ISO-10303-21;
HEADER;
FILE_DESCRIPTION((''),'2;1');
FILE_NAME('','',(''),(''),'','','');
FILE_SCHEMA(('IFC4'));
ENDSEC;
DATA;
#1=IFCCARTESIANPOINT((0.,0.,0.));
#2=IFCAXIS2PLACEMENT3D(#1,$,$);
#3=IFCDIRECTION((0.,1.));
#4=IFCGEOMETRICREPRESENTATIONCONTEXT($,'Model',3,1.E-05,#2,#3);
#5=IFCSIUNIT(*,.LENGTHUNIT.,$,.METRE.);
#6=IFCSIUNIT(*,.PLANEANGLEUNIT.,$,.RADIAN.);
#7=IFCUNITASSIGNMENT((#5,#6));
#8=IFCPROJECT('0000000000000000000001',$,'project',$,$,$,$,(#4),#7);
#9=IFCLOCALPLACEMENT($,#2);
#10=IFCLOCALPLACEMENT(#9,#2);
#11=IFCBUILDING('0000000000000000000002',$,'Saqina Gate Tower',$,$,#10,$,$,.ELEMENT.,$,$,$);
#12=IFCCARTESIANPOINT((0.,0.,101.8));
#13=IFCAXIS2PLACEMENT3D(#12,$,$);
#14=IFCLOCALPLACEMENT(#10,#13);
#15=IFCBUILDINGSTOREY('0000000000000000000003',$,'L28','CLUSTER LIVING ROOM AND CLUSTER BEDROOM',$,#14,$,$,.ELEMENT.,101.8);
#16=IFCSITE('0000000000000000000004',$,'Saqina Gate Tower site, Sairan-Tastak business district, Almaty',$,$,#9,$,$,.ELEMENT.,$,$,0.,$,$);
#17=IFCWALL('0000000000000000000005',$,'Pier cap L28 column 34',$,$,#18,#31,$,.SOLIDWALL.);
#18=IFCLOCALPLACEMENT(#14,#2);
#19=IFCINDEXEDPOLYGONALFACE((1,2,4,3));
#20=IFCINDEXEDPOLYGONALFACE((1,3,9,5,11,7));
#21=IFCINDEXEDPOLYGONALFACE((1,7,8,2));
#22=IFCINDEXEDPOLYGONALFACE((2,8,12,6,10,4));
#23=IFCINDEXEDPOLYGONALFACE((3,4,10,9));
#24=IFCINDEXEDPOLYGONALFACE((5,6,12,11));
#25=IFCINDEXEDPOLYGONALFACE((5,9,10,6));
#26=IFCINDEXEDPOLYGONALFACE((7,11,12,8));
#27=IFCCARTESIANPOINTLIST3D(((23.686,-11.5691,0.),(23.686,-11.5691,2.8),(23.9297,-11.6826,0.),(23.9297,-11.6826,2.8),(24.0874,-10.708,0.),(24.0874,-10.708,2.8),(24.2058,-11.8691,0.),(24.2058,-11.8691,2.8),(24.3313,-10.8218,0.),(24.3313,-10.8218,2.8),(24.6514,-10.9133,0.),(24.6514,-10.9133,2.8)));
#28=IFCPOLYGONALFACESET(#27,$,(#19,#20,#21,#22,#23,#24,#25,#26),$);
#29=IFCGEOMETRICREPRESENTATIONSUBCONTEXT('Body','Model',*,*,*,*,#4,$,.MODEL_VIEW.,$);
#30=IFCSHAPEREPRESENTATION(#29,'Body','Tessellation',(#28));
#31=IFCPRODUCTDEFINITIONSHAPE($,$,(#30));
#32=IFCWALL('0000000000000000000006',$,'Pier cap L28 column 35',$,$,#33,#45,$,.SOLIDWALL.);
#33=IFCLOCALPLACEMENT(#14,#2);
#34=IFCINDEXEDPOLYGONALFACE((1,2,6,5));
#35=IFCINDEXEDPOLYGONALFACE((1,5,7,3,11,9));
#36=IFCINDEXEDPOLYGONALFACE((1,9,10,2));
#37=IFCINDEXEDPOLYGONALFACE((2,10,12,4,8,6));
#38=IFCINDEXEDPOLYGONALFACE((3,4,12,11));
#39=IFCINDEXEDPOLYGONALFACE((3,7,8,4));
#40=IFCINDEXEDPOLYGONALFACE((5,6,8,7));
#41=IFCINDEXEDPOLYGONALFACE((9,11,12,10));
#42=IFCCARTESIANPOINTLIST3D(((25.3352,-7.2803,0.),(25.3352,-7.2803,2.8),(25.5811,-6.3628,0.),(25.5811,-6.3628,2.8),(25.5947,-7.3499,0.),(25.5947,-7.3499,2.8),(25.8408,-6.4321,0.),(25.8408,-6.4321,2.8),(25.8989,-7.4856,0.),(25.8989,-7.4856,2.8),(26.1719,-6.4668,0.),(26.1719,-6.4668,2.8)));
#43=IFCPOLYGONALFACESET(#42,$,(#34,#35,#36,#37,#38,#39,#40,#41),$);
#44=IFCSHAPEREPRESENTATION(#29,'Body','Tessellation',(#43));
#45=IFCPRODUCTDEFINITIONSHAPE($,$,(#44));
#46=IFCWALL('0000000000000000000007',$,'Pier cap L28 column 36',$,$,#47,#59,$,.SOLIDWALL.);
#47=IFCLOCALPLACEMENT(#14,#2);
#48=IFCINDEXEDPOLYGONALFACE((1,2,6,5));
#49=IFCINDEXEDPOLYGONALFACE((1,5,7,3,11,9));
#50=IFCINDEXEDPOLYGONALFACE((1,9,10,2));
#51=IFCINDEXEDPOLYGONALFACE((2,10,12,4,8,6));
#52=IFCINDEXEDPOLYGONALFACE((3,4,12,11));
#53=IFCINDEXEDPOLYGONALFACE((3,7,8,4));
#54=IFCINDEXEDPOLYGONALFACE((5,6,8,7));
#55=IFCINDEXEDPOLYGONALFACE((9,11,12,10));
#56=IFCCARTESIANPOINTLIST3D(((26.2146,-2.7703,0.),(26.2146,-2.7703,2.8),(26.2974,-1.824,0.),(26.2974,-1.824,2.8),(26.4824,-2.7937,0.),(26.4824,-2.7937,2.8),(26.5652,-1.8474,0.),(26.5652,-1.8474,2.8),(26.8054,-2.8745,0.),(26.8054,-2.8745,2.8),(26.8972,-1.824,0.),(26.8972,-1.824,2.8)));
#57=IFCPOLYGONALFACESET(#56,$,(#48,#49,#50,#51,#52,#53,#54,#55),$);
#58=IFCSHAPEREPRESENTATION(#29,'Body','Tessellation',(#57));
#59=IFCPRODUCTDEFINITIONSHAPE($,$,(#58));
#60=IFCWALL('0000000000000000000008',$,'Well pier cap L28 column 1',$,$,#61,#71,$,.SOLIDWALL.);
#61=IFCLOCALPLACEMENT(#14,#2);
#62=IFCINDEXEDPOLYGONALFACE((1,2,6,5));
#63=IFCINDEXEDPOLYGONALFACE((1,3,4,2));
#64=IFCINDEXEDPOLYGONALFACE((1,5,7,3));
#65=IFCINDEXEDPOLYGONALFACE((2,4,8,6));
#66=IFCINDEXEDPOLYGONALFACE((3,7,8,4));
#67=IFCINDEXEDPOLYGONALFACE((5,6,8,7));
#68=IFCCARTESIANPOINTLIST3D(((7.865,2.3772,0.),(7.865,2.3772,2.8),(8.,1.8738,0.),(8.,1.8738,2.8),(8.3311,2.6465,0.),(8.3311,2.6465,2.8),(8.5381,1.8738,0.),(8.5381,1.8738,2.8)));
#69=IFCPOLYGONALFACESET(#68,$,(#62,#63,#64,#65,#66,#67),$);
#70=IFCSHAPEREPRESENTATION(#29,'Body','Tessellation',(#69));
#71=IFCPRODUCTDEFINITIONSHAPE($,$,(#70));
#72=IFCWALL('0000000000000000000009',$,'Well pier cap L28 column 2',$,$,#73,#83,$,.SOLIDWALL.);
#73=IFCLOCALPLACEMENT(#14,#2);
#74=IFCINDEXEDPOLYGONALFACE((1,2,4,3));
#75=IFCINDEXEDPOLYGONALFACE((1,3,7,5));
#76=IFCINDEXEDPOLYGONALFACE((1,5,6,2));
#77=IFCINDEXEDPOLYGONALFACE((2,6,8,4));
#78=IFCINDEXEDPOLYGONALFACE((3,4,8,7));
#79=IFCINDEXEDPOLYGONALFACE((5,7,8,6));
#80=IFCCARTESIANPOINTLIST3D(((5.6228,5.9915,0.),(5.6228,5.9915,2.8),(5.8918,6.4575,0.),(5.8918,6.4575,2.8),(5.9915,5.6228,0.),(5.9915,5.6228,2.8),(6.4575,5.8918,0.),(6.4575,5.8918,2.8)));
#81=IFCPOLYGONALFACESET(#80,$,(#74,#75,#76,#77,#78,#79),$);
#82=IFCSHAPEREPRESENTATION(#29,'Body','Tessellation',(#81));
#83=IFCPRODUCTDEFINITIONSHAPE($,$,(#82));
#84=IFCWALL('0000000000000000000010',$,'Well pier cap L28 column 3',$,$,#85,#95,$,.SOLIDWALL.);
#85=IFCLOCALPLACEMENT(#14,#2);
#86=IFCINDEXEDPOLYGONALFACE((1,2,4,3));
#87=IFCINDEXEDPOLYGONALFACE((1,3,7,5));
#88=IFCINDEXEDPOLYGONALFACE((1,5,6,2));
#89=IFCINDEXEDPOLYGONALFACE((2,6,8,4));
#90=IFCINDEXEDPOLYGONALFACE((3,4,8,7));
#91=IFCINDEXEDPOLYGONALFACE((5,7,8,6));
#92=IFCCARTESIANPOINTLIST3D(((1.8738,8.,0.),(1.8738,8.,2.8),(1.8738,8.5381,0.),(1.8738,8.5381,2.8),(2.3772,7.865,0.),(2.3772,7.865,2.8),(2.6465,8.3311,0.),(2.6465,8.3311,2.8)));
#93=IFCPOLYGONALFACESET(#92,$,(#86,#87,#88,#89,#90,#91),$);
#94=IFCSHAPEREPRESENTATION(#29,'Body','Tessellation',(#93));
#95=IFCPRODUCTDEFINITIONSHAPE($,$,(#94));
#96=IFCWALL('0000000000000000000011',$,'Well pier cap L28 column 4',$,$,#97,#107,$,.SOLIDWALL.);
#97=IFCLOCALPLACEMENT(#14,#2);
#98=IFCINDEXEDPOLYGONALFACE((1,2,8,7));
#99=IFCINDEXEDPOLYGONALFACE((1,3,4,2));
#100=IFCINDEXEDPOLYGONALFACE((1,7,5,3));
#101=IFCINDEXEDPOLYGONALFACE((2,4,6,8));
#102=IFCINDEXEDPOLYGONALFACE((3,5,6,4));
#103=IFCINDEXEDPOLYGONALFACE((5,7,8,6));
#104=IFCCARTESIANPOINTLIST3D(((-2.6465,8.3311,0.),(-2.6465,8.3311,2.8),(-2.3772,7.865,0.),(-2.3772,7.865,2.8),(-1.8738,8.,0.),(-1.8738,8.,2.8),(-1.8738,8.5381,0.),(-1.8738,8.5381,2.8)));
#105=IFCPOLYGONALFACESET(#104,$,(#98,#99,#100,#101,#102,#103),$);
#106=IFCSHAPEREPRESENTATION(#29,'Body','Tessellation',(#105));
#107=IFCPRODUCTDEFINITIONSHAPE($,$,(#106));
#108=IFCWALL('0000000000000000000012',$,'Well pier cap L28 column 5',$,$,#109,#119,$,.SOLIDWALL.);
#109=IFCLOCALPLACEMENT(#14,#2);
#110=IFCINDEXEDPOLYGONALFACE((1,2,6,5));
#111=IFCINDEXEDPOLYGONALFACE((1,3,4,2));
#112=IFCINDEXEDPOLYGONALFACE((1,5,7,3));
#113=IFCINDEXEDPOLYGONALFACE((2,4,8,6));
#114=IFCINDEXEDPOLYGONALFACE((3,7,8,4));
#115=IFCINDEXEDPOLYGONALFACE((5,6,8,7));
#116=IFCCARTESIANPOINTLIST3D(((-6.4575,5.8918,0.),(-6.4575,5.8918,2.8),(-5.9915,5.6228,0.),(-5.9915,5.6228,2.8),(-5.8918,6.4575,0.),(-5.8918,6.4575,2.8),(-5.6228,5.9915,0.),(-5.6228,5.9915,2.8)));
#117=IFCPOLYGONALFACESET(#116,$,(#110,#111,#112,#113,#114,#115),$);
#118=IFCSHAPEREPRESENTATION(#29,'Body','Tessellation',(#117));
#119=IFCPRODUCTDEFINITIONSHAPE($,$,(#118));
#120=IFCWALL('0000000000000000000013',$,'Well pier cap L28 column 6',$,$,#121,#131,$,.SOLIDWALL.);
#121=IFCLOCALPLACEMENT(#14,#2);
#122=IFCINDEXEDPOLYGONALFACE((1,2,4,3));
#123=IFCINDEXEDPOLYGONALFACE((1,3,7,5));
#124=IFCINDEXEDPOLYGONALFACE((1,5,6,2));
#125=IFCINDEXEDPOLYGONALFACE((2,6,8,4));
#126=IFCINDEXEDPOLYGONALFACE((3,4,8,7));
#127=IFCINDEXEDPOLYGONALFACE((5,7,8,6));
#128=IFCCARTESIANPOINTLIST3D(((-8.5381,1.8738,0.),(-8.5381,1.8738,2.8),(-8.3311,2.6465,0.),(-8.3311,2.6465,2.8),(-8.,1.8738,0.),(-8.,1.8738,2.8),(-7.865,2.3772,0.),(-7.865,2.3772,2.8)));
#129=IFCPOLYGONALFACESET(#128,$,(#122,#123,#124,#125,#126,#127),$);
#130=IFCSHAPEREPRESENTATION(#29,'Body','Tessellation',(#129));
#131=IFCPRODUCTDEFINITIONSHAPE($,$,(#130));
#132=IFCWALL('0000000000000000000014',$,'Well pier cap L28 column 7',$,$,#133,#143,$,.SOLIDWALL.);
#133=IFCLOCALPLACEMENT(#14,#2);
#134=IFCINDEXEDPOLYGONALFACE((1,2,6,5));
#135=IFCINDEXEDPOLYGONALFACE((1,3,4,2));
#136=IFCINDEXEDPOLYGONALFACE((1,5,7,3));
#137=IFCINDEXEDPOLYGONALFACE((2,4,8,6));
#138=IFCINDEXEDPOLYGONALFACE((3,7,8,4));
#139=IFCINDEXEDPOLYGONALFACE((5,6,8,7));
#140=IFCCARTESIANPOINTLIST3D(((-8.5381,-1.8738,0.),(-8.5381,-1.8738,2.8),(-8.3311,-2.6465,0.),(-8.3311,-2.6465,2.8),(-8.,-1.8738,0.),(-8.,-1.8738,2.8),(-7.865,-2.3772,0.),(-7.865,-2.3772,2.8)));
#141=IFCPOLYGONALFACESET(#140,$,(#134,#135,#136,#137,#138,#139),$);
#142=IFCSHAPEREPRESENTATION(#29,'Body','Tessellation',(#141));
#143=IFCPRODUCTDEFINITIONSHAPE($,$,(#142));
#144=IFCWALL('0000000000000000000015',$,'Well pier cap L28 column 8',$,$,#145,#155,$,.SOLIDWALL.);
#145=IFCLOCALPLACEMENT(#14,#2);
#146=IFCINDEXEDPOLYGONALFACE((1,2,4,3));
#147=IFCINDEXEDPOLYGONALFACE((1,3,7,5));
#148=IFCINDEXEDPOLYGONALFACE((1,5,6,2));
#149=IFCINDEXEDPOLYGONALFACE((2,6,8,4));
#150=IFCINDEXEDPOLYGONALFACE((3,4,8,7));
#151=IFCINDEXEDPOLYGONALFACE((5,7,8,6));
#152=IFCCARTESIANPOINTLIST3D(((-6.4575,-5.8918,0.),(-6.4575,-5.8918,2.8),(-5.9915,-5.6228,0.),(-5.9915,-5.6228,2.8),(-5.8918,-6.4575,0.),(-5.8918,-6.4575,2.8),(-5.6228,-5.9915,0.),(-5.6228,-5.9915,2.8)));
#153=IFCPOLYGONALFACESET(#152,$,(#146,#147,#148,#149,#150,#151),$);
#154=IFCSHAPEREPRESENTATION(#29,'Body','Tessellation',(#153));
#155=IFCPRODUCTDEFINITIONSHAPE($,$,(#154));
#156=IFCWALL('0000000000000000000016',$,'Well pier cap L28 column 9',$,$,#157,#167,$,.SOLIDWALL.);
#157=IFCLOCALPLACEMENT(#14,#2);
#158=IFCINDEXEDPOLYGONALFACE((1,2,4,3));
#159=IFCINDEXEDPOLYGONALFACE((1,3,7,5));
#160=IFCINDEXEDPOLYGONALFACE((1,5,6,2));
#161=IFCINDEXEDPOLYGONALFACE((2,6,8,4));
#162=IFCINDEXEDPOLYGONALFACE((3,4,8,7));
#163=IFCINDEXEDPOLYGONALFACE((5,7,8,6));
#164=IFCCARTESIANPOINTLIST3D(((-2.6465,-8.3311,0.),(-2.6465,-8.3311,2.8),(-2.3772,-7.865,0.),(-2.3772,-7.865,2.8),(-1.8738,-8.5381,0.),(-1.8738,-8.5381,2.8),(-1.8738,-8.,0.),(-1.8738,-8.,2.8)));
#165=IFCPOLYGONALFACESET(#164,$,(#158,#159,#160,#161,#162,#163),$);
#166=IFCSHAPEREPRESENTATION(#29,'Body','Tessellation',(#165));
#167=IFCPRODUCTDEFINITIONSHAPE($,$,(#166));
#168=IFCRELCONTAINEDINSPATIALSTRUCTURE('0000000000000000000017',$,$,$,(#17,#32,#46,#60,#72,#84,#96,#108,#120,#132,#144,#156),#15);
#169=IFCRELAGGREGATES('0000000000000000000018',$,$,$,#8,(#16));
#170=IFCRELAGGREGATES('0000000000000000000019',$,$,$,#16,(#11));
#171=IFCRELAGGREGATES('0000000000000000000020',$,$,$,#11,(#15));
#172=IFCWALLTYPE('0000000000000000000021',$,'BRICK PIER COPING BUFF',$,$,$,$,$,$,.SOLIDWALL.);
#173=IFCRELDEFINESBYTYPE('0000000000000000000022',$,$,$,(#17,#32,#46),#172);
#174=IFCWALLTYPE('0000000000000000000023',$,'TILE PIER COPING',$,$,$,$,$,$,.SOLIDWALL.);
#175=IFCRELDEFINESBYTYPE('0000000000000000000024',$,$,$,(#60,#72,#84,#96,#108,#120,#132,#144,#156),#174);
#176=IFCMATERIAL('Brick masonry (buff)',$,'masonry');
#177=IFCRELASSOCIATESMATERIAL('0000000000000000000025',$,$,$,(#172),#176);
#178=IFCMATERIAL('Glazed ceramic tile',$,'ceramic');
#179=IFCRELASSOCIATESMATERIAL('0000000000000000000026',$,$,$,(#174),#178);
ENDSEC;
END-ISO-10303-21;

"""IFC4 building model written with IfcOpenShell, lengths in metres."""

from ifc_helpers import new_model, si_unit, direction, frame, origin, place, context, subcontext, project, spatial, polyline, outline, extrude, material, type_object, element, save


model = new_model("IFC4")

# Units and contexts
model_context = context("Model", 3, precision=1e-05, world=origin(), true_north=direction((0.0, 1.0)))
body_context = subcontext(model_context, "Body", "Model", "MODEL_VIEW")
ifc_project = project(units=[si_unit("LENGTHUNIT", "METRE"), si_unit("PLANEANGLEUNIT", "RADIAN")], contexts=[model_context])

# Site, building, storey
site_placement = place(None, origin())
site = spatial("IfcSite", under=ifc_project, at=site_placement, Name="Saqina Gate Tower site, Sairan-Tastak business district, Almaty", CompositionType="ELEMENT", RefElevation=0.0)
building_placement = place(site_placement, origin())
building = spatial("IfcBuilding", under=site, at=building_placement, Name="Saqina Gate Tower", CompositionType="ELEMENT")
storey_placement = place(building_placement, frame((0.0, 0.0, 101.8)))
storey = spatial("IfcBuildingStorey", under=building, at=storey_placement, Name="L28", Description="CLUSTER LIVING ROOM AND CLUSTER BEDROOM", CompositionType="ELEMENT", Elevation=101.8)

# Walls
ifc_material_1 = material(Name="Brick masonry (buff)", Category="masonry")
wall_type_1 = type_object("IfcWallType", Name="BRICK PIER COPING BUFF", PredefinedType="SOLIDWALL", material=ifc_material_1)
wall_1_placement = place(storey_placement, origin())
element("IfcWall", 1, at=wall_1_placement, inside=storey, type_object=wall_type_1, Name="Pier cap L28 column 34", PredefinedType="SOLIDWALL", context=body_context, shape_type="SweptSolid", body=[
    extrude(outline(polyline([(24.6514, -10.9133), (24.0874, -10.708), (24.3313, -10.8218), (23.9297, -11.6826), (23.686, -11.5691), (24.2058, -11.8691), (24.6514, -10.9133)])), origin(), (0.0, 0.0, 1.0), 2.8),
])
wall_2_placement = place(storey_placement, origin())
element("IfcWall", 2, at=wall_2_placement, inside=storey, type_object=wall_type_1, Name="Pier cap L28 column 35", PredefinedType="SOLIDWALL", context=body_context, shape_type="SweptSolid", body=[
    extrude(outline(polyline([(25.8989, -7.4856), (26.1719, -6.4668), (25.5811, -6.3628), (25.8408, -6.4321), (25.5947, -7.3499), (25.3352, -7.2803), (25.8989, -7.4856)])), origin(), (0.0, 0.0, 1.0), 2.8),
])
wall_3_placement = place(storey_placement, origin())
element("IfcWall", 3, at=wall_3_placement, inside=storey, type_object=wall_type_1, Name="Pier cap L28 column 36", PredefinedType="SOLIDWALL", context=body_context, shape_type="SweptSolid", body=[
    extrude(outline(polyline([(26.8054, -2.8745), (26.8972, -1.824), (26.2974, -1.824), (26.5652, -1.8474), (26.4824, -2.7937), (26.2146, -2.7703), (26.8054, -2.8745)])), origin(), (0.0, 0.0, 1.0), 2.8),
])
ifc_material_2 = material(Name="Glazed ceramic tile", Category="ceramic")
wall_type_2 = type_object("IfcWallType", Name="TILE PIER COPING", PredefinedType="SOLIDWALL", material=ifc_material_2)
wall_4_placement = place(storey_placement, origin())
element("IfcWall", 4, at=wall_4_placement, inside=storey, type_object=wall_type_2, Name="Well pier cap L28 column 1", PredefinedType="SOLIDWALL", context=body_context, shape_type="SweptSolid", body=[
    extrude(outline(polyline([(8.3311, 2.6465), (7.865, 2.3772), (8.0, 1.8738), (8.5381, 1.8738), (8.3311, 2.6465)])), origin(), (0.0, 0.0, 1.0), 2.8),
])
wall_5_placement = place(storey_placement, origin())
element("IfcWall", 5, at=wall_5_placement, inside=storey, type_object=wall_type_2, Name="Well pier cap L28 column 2", PredefinedType="SOLIDWALL", context=body_context, shape_type="SweptSolid", body=[
    extrude(outline(polyline([(5.8918, 6.4575), (5.6228, 5.9915), (5.9915, 5.6228), (6.4575, 5.8918), (5.8918, 6.4575)])), origin(), (0.0, 0.0, 1.0), 2.8),
])
wall_6_placement = place(storey_placement, origin())
element("IfcWall", 6, at=wall_6_placement, inside=storey, type_object=wall_type_2, Name="Well pier cap L28 column 3", PredefinedType="SOLIDWALL", context=body_context, shape_type="SweptSolid", body=[
    extrude(outline(polyline([(1.8738, 8.5381), (1.8738, 8.0), (2.3772, 7.865), (2.6465, 8.3311), (1.8738, 8.5381)])), origin(), (0.0, 0.0, 1.0), 2.8),
])
wall_7_placement = place(storey_placement, origin())
element("IfcWall", 7, at=wall_7_placement, inside=storey, type_object=wall_type_2, Name="Well pier cap L28 column 4", PredefinedType="SOLIDWALL", context=body_context, shape_type="SweptSolid", body=[
    extrude(outline(polyline([(-2.6465, 8.3311), (-2.3772, 7.865), (-1.8738, 8.0), (-1.8738, 8.5381), (-2.6465, 8.3311)])), origin(), (0.0, 0.0, 1.0), 2.8),
])
wall_8_placement = place(storey_placement, origin())
element("IfcWall", 8, at=wall_8_placement, inside=storey, type_object=wall_type_2, Name="Well pier cap L28 column 5", PredefinedType="SOLIDWALL", context=body_context, shape_type="SweptSolid", body=[
    extrude(outline(polyline([(-6.4575, 5.8918), (-5.9915, 5.6228), (-5.6228, 5.9915), (-5.8918, 6.4575), (-6.4575, 5.8918)])), origin(), (0.0, 0.0, 1.0), 2.8),
])
wall_9_placement = place(storey_placement, origin())
element("IfcWall", 9, at=wall_9_placement, inside=storey, type_object=wall_type_2, Name="Well pier cap L28 column 6", PredefinedType="SOLIDWALL", context=body_context, shape_type="SweptSolid", body=[
    extrude(outline(polyline([(-8.5381, 1.8738), (-8.0, 1.8738), (-7.865, 2.3772), (-8.3311, 2.6465), (-8.5381, 1.8738)])), origin(), (0.0, 0.0, 1.0), 2.8),
])
wall_10_placement = place(storey_placement, origin())
element("IfcWall", 10, at=wall_10_placement, inside=storey, type_object=wall_type_2, Name="Well pier cap L28 column 7", PredefinedType="SOLIDWALL", context=body_context, shape_type="SweptSolid", body=[
    extrude(outline(polyline([(-8.3311, -2.6465), (-7.865, -2.3772), (-8.0, -1.8738), (-8.5381, -1.8738), (-8.3311, -2.6465)])), origin(), (0.0, 0.0, 1.0), 2.8),
])
wall_11_placement = place(storey_placement, origin())
element("IfcWall", 11, at=wall_11_placement, inside=storey, type_object=wall_type_2, Name="Well pier cap L28 column 8", PredefinedType="SOLIDWALL", context=body_context, shape_type="SweptSolid", body=[
    extrude(outline(polyline([(-6.4575, -5.8918), (-5.8918, -6.4575), (-5.6228, -5.9915), (-5.9915, -5.6228), (-6.4575, -5.8918)])), origin(), (0.0, 0.0, 1.0), 2.8),
])
wall_12_placement = place(storey_placement, origin())
element("IfcWall", 12, at=wall_12_placement, inside=storey, type_object=wall_type_2, Name="Well pier cap L28 column 9", PredefinedType="SOLIDWALL", context=body_context, shape_type="SweptSolid", body=[
    extrude(outline(polyline([(-1.8738, -8.5381), (-1.8738, -8.0), (-2.3772, -7.865), (-2.6465, -8.3311), (-1.8738, -8.5381)])), origin(), (0.0, 0.0, 1.0), 2.8),
])

save(model, "model.ifc")
